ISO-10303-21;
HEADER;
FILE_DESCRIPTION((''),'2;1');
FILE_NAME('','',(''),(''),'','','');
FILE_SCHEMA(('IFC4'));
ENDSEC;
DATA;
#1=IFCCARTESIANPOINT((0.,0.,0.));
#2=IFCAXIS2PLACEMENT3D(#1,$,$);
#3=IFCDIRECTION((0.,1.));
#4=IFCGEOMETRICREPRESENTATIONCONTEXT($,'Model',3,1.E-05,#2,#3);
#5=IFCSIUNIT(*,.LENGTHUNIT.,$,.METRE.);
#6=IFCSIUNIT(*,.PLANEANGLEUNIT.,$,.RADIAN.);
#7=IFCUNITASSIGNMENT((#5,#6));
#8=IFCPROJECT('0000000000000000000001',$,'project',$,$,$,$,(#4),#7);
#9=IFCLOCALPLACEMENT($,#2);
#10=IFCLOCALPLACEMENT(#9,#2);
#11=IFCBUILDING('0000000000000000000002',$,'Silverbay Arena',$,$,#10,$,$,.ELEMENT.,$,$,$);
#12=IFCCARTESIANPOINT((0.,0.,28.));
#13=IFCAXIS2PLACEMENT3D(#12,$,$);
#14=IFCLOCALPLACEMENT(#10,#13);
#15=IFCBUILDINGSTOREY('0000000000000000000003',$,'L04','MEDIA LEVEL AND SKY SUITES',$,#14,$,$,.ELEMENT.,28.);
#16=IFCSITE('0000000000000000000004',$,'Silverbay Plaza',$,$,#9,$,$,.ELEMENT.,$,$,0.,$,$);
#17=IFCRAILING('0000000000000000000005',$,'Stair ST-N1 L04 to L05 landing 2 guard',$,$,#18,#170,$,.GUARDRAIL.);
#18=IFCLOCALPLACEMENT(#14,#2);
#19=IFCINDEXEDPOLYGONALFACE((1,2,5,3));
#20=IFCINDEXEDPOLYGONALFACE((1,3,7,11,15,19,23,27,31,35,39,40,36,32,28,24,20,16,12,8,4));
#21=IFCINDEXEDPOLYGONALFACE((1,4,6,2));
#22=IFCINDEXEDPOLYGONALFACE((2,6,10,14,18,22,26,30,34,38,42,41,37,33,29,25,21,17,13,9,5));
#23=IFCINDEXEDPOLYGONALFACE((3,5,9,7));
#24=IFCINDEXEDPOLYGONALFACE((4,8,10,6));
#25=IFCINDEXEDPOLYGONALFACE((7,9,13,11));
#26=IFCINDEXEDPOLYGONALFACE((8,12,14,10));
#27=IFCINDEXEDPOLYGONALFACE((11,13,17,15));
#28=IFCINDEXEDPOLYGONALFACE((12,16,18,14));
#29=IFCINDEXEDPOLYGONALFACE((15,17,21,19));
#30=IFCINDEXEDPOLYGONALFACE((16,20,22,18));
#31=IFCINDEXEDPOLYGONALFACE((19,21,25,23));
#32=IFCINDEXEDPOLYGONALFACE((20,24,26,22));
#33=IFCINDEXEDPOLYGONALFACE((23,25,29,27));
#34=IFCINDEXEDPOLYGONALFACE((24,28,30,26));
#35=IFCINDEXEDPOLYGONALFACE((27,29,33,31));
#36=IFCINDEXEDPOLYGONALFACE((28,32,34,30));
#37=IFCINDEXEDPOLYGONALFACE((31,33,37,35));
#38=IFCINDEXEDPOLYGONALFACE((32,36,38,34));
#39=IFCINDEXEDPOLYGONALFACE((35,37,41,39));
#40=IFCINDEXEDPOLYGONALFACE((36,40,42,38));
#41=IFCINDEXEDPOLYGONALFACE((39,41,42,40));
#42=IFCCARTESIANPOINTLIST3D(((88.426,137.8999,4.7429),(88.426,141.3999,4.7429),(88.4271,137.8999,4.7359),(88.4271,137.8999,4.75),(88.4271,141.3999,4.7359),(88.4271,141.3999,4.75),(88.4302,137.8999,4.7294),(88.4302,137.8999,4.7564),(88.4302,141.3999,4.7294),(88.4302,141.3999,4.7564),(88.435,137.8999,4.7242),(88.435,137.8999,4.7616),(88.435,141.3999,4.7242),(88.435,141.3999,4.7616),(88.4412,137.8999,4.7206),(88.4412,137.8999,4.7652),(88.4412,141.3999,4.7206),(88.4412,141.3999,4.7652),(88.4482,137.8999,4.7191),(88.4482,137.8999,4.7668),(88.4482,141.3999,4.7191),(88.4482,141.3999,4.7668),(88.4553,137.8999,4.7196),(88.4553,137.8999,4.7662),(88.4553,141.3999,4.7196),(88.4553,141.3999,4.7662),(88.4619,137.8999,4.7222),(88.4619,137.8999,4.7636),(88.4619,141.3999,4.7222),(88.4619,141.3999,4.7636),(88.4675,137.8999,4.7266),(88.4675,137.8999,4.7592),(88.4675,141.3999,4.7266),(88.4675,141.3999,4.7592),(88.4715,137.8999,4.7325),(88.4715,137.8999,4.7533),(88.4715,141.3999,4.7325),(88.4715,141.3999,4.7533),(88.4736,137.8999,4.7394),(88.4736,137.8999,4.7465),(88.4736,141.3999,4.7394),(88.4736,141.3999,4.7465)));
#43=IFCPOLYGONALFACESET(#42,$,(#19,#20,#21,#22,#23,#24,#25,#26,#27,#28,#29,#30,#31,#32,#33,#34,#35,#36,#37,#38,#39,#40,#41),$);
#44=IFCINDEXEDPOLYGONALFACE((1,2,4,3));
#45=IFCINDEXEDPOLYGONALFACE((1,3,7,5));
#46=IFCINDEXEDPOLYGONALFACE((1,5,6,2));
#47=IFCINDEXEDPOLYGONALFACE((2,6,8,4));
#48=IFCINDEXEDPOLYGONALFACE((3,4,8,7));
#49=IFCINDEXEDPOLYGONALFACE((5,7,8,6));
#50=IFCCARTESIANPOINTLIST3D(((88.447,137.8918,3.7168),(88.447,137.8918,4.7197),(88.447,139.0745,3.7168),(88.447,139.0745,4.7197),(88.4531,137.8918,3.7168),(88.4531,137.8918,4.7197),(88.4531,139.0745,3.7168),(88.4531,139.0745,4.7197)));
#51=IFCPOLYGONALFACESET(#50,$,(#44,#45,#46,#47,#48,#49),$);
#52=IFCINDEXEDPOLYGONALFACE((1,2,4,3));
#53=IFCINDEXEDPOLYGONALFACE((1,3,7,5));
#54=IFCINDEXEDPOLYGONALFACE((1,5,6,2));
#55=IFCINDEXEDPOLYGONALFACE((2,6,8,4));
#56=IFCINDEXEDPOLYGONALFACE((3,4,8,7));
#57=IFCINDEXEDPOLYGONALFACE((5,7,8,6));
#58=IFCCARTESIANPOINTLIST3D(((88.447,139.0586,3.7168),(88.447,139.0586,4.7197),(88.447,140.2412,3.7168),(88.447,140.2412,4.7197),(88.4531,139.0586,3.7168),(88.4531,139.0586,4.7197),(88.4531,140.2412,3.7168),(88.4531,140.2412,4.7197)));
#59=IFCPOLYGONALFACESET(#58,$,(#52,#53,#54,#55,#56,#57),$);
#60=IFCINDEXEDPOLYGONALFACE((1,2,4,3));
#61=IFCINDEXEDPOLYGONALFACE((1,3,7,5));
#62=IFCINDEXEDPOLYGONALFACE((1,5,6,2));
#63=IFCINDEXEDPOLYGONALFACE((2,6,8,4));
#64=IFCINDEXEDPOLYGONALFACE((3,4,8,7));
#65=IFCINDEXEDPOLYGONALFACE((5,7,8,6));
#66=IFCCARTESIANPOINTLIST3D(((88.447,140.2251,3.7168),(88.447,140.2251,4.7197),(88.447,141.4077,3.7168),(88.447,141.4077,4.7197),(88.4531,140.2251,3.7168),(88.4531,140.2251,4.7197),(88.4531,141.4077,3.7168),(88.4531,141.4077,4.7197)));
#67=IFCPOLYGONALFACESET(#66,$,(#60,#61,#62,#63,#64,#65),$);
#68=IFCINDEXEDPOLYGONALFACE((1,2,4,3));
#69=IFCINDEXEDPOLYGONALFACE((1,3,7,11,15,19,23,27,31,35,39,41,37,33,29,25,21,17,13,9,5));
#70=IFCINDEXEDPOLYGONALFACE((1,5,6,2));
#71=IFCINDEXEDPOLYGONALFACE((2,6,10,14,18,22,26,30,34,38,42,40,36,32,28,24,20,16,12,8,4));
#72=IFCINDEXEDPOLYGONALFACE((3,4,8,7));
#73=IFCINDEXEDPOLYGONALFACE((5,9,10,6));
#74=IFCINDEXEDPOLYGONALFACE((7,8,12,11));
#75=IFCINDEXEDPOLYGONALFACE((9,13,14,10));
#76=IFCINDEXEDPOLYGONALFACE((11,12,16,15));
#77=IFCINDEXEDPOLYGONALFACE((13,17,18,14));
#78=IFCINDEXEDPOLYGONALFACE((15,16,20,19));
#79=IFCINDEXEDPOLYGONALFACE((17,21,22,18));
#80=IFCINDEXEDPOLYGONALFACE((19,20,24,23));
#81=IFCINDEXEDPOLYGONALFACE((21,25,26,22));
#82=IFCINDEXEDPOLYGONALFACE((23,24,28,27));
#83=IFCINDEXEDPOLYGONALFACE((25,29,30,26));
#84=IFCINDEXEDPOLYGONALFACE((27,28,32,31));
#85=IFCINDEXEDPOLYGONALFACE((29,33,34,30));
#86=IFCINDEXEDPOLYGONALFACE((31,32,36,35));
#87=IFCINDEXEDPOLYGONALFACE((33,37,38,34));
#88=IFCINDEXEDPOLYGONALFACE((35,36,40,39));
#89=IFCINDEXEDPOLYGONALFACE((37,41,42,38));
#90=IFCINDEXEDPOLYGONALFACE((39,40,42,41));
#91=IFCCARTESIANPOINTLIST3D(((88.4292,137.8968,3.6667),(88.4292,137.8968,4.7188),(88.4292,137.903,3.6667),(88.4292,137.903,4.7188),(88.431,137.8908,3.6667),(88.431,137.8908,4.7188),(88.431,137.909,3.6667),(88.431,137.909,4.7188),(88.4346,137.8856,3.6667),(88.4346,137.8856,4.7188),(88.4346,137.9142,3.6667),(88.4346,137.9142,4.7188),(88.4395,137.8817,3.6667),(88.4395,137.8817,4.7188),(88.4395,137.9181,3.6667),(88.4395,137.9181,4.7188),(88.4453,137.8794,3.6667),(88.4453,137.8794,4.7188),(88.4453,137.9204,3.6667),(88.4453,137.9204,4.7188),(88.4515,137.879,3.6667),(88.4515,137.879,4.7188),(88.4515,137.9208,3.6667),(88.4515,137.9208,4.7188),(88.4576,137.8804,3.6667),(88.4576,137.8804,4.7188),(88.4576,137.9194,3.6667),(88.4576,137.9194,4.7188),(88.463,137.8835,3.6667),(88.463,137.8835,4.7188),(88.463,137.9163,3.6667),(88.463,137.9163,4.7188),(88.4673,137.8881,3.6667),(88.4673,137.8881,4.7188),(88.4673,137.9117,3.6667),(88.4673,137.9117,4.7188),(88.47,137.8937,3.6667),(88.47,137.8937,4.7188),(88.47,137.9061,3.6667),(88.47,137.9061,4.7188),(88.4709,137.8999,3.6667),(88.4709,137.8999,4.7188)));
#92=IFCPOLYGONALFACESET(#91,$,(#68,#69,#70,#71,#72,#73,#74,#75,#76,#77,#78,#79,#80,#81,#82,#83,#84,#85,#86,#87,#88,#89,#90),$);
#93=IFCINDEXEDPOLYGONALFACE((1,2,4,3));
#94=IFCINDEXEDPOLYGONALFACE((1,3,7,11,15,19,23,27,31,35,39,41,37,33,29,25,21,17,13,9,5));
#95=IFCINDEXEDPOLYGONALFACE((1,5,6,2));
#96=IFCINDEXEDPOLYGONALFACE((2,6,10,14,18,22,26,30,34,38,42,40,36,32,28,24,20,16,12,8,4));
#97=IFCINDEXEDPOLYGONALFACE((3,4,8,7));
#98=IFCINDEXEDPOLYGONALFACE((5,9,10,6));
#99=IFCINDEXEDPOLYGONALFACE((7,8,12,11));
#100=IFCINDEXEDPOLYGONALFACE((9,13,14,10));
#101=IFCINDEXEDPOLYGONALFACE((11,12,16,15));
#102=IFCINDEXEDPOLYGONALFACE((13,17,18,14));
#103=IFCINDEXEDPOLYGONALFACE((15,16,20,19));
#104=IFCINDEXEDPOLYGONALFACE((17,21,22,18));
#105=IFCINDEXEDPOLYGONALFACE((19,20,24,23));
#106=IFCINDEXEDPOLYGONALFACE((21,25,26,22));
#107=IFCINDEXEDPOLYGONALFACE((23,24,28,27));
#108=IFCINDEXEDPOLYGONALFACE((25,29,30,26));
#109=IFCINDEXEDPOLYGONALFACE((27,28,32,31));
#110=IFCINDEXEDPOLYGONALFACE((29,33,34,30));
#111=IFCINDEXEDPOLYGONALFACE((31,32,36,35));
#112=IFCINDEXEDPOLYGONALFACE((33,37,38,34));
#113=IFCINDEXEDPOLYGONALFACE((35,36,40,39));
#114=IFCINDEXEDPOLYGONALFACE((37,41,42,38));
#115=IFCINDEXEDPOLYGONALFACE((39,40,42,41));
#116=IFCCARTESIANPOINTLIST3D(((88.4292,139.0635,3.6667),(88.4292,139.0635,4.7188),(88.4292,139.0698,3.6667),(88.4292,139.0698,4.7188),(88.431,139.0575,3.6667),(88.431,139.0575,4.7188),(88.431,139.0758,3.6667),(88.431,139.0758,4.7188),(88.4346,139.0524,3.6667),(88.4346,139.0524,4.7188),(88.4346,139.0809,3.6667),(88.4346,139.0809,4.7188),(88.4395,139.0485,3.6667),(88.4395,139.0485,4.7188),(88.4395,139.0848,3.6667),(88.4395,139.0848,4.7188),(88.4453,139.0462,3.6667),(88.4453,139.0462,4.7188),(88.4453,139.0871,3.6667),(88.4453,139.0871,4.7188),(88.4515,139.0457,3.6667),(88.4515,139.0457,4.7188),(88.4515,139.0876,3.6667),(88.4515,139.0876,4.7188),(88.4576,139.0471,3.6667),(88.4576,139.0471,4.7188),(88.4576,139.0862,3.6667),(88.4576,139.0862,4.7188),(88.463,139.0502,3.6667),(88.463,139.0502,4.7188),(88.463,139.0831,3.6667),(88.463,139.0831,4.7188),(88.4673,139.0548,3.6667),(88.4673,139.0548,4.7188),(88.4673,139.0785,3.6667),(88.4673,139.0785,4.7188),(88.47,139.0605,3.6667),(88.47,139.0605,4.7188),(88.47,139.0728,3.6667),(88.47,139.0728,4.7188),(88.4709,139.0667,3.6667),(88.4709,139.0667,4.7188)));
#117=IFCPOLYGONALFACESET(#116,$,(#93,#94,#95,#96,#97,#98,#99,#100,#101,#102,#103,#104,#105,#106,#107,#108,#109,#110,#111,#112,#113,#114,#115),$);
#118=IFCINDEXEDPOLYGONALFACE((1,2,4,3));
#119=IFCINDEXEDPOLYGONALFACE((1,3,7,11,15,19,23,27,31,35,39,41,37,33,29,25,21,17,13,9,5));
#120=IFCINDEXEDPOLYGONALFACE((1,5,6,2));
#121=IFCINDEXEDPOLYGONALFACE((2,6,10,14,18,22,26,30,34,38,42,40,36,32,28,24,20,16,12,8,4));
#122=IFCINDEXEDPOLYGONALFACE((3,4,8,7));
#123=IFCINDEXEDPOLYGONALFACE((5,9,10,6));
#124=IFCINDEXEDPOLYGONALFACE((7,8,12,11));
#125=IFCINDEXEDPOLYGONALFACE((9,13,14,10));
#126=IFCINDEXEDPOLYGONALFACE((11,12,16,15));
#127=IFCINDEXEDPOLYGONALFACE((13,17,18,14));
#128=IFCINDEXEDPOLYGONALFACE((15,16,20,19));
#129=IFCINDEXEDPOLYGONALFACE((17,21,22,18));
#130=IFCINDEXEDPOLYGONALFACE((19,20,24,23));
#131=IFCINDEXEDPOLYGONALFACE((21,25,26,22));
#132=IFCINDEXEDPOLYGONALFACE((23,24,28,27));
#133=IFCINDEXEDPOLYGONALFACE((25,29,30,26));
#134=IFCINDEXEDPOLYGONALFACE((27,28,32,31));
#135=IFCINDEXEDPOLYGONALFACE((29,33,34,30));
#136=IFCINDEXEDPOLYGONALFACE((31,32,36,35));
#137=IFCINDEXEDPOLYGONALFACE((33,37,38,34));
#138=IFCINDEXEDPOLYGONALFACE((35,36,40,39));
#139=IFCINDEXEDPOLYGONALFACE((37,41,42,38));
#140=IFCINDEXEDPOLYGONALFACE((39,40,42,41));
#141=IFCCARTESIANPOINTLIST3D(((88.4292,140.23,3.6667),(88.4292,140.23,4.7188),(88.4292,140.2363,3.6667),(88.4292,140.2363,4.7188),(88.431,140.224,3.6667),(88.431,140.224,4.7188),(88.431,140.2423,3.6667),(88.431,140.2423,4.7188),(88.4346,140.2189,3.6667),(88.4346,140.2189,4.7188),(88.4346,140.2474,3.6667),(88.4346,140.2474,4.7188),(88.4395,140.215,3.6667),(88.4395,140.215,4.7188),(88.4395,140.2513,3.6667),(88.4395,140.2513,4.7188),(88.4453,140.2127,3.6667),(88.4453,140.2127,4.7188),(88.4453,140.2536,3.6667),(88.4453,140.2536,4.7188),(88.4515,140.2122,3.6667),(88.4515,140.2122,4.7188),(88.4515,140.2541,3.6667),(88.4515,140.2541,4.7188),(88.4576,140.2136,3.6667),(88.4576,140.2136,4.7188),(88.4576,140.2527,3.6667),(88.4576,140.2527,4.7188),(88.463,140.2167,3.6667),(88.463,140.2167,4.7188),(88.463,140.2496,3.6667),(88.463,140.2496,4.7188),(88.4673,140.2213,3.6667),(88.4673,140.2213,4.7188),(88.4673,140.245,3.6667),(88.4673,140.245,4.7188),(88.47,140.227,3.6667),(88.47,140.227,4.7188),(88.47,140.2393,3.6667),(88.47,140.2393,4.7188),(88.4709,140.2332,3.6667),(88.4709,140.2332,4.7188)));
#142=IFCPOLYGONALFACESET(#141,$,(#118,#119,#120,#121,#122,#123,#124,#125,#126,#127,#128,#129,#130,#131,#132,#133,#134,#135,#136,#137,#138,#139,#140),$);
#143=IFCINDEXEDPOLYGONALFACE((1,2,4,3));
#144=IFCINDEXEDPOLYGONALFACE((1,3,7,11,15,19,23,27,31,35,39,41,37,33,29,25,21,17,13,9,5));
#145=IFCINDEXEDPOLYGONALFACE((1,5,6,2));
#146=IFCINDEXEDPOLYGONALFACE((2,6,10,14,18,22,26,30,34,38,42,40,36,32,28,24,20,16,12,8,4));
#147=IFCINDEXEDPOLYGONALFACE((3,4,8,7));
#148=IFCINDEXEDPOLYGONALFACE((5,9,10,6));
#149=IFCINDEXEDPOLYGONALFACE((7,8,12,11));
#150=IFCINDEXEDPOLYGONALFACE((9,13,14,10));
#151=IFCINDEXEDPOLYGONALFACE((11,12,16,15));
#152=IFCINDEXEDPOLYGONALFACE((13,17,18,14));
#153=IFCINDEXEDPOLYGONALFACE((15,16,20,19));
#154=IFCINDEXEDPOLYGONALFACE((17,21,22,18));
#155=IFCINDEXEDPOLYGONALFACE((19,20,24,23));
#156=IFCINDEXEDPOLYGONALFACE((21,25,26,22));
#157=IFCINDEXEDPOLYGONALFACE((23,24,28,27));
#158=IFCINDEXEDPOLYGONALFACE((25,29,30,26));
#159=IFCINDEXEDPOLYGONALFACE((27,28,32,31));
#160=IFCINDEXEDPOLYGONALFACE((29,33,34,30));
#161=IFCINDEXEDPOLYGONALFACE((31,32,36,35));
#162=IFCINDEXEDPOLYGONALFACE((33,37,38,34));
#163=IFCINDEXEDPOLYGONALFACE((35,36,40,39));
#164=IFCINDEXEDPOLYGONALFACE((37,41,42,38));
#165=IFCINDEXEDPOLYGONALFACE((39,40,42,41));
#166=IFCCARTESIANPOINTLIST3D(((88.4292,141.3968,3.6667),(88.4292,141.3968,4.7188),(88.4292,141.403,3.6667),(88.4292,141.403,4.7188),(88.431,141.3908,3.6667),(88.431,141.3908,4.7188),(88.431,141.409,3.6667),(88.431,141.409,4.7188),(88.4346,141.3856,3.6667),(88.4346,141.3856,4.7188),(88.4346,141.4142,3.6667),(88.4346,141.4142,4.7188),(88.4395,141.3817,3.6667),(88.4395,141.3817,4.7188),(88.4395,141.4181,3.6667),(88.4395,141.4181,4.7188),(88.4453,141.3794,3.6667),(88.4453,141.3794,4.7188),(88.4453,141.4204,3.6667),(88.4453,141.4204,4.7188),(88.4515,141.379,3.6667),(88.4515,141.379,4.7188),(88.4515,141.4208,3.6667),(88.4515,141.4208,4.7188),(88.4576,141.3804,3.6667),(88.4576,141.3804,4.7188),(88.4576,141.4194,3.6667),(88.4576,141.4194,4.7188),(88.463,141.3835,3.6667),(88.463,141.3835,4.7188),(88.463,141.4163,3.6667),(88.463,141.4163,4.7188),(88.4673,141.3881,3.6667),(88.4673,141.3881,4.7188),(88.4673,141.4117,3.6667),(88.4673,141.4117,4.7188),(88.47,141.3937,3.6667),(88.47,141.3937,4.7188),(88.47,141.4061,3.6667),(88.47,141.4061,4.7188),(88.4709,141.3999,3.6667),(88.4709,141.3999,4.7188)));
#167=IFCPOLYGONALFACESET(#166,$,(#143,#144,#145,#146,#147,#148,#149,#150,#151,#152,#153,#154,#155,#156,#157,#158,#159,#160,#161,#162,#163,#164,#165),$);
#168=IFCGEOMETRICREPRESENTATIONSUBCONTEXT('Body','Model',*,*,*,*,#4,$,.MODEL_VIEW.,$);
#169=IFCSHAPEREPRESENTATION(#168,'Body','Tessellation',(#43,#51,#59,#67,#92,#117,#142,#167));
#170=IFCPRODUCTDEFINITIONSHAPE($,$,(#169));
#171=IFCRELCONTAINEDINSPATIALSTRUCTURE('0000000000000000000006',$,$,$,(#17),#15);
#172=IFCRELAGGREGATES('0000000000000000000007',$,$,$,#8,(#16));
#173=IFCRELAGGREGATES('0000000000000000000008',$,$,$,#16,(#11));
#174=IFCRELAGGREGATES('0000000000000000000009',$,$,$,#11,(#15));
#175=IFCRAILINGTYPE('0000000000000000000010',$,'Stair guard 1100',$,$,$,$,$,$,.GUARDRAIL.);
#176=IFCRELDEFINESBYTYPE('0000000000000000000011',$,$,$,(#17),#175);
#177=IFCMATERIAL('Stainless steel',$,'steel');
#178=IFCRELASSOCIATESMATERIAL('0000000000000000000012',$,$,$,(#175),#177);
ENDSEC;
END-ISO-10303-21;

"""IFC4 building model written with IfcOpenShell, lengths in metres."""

from ifc_helpers import new_model, si_unit, direction, frame, origin, origin_2d, place, context, subcontext, project, spatial, polyline, circle, outline, extrude, material, type_object, element, save


model = new_model("IFC4")

# Units and contexts
model_context = context("Model", 3, precision=1e-05, world=origin(), true_north=direction((0.0, 1.0)))
body_context = subcontext(model_context, "Body", "Model", "MODEL_VIEW")
ifc_project = project(units=[si_unit("LENGTHUNIT", "METRE"), si_unit("PLANEANGLEUNIT", "RADIAN")], contexts=[model_context])

# Site, building, storey
site_placement = place(None, origin())
site = spatial("IfcSite", under=ifc_project, at=site_placement, Name="Silverbay Plaza", CompositionType="ELEMENT", RefElevation=0.0)
building_placement = place(site_placement, origin())
building = spatial("IfcBuilding", under=site, at=building_placement, Name="Silverbay Arena", CompositionType="ELEMENT")
storey_placement = place(building_placement, frame((0.0, 0.0, 28.0)))
storey = spatial("IfcBuildingStorey", under=building, at=storey_placement, Name="L04", Description="MEDIA LEVEL AND SKY SUITES", CompositionType="ELEMENT", Elevation=28.0)

# Railing
ifc_material_1 = material(Name="Stainless steel", Category="steel")
railing_type_1 = type_object("IfcRailingType", Name="Stair guard 1100", PredefinedType="GUARDRAIL", material=ifc_material_1)
for number, where, name in (
    (1, (88.45, 137.8999, 3.6667), "Stair ST-N1 L04 to L05 landing 2 guard"),
):
    element("IfcRailing", number, at=place(storey_placement, frame(where)), inside=storey, type_object=railing_type_1, Name=name, PredefinedType="GUARDRAIL", context=body_context, shape_type="SweptSolid", body=[
        extrude(circle(Radius=0.0239, at=origin_2d()), frame((0.0, 0.0, 1.0762), z_axis=(0.0, 1.0, 0.0), x_axis=(-1.0, 0.0, 0.0)), (0.0, 0.0, 1.0), 3.5),
        extrude(outline(polyline([(-0.0081, 0.05), (1.1746, 0.05), (1.1746, 1.053), (-0.0081, 1.053), (-0.0081, 0.05)])), frame((-0.0029, 0.0, 0.0), z_axis=(1.0, 0.0, 0.0), x_axis=(0.0, 1.0, 0.0)), (0.0, 0.0, 1.0), 0.0061),
        extrude(outline(polyline([(-0.0081, 0.05), (1.1746, 0.05), (1.1746, 1.053), (-0.0081, 1.053), (-0.0081, 0.05)])), frame((-0.0029, 1.1667, 0.0), z_axis=(1.0, 0.0, 0.0), x_axis=(0.0, 1.0, 0.0)), (0.0, 0.0, 1.0), 0.0061),
        extrude(outline(polyline([(-0.0081, 0.05), (1.1746, 0.05), (1.1746, 1.053), (-0.0081, 1.053), (-0.0081, 0.05)])), frame((-0.0029, 2.3333, 0.0), z_axis=(1.0, 0.0, 0.0), x_axis=(0.0, 1.0, 0.0)), (0.0, 0.0, 1.0), 0.0061),
        extrude(circle(Radius=0.021, at=origin_2d()), origin(), (0.0, 0.0, 1.0), 1.052),
        extrude(circle(Radius=0.021, at=origin_2d()), frame((0.0, 1.1667, 0.0)), (0.0, 0.0, 1.0), 1.052),
        extrude(circle(Radius=0.021, at=origin_2d()), frame((0.0, 2.3333, 0.0)), (0.0, 0.0, 1.0), 1.052),
        extrude(circle(Radius=0.021, at=origin_2d()), frame((0.0, 3.5, 0.0)), (0.0, 0.0, 1.0), 1.052),
    ])

save(model, "model.ifc")
